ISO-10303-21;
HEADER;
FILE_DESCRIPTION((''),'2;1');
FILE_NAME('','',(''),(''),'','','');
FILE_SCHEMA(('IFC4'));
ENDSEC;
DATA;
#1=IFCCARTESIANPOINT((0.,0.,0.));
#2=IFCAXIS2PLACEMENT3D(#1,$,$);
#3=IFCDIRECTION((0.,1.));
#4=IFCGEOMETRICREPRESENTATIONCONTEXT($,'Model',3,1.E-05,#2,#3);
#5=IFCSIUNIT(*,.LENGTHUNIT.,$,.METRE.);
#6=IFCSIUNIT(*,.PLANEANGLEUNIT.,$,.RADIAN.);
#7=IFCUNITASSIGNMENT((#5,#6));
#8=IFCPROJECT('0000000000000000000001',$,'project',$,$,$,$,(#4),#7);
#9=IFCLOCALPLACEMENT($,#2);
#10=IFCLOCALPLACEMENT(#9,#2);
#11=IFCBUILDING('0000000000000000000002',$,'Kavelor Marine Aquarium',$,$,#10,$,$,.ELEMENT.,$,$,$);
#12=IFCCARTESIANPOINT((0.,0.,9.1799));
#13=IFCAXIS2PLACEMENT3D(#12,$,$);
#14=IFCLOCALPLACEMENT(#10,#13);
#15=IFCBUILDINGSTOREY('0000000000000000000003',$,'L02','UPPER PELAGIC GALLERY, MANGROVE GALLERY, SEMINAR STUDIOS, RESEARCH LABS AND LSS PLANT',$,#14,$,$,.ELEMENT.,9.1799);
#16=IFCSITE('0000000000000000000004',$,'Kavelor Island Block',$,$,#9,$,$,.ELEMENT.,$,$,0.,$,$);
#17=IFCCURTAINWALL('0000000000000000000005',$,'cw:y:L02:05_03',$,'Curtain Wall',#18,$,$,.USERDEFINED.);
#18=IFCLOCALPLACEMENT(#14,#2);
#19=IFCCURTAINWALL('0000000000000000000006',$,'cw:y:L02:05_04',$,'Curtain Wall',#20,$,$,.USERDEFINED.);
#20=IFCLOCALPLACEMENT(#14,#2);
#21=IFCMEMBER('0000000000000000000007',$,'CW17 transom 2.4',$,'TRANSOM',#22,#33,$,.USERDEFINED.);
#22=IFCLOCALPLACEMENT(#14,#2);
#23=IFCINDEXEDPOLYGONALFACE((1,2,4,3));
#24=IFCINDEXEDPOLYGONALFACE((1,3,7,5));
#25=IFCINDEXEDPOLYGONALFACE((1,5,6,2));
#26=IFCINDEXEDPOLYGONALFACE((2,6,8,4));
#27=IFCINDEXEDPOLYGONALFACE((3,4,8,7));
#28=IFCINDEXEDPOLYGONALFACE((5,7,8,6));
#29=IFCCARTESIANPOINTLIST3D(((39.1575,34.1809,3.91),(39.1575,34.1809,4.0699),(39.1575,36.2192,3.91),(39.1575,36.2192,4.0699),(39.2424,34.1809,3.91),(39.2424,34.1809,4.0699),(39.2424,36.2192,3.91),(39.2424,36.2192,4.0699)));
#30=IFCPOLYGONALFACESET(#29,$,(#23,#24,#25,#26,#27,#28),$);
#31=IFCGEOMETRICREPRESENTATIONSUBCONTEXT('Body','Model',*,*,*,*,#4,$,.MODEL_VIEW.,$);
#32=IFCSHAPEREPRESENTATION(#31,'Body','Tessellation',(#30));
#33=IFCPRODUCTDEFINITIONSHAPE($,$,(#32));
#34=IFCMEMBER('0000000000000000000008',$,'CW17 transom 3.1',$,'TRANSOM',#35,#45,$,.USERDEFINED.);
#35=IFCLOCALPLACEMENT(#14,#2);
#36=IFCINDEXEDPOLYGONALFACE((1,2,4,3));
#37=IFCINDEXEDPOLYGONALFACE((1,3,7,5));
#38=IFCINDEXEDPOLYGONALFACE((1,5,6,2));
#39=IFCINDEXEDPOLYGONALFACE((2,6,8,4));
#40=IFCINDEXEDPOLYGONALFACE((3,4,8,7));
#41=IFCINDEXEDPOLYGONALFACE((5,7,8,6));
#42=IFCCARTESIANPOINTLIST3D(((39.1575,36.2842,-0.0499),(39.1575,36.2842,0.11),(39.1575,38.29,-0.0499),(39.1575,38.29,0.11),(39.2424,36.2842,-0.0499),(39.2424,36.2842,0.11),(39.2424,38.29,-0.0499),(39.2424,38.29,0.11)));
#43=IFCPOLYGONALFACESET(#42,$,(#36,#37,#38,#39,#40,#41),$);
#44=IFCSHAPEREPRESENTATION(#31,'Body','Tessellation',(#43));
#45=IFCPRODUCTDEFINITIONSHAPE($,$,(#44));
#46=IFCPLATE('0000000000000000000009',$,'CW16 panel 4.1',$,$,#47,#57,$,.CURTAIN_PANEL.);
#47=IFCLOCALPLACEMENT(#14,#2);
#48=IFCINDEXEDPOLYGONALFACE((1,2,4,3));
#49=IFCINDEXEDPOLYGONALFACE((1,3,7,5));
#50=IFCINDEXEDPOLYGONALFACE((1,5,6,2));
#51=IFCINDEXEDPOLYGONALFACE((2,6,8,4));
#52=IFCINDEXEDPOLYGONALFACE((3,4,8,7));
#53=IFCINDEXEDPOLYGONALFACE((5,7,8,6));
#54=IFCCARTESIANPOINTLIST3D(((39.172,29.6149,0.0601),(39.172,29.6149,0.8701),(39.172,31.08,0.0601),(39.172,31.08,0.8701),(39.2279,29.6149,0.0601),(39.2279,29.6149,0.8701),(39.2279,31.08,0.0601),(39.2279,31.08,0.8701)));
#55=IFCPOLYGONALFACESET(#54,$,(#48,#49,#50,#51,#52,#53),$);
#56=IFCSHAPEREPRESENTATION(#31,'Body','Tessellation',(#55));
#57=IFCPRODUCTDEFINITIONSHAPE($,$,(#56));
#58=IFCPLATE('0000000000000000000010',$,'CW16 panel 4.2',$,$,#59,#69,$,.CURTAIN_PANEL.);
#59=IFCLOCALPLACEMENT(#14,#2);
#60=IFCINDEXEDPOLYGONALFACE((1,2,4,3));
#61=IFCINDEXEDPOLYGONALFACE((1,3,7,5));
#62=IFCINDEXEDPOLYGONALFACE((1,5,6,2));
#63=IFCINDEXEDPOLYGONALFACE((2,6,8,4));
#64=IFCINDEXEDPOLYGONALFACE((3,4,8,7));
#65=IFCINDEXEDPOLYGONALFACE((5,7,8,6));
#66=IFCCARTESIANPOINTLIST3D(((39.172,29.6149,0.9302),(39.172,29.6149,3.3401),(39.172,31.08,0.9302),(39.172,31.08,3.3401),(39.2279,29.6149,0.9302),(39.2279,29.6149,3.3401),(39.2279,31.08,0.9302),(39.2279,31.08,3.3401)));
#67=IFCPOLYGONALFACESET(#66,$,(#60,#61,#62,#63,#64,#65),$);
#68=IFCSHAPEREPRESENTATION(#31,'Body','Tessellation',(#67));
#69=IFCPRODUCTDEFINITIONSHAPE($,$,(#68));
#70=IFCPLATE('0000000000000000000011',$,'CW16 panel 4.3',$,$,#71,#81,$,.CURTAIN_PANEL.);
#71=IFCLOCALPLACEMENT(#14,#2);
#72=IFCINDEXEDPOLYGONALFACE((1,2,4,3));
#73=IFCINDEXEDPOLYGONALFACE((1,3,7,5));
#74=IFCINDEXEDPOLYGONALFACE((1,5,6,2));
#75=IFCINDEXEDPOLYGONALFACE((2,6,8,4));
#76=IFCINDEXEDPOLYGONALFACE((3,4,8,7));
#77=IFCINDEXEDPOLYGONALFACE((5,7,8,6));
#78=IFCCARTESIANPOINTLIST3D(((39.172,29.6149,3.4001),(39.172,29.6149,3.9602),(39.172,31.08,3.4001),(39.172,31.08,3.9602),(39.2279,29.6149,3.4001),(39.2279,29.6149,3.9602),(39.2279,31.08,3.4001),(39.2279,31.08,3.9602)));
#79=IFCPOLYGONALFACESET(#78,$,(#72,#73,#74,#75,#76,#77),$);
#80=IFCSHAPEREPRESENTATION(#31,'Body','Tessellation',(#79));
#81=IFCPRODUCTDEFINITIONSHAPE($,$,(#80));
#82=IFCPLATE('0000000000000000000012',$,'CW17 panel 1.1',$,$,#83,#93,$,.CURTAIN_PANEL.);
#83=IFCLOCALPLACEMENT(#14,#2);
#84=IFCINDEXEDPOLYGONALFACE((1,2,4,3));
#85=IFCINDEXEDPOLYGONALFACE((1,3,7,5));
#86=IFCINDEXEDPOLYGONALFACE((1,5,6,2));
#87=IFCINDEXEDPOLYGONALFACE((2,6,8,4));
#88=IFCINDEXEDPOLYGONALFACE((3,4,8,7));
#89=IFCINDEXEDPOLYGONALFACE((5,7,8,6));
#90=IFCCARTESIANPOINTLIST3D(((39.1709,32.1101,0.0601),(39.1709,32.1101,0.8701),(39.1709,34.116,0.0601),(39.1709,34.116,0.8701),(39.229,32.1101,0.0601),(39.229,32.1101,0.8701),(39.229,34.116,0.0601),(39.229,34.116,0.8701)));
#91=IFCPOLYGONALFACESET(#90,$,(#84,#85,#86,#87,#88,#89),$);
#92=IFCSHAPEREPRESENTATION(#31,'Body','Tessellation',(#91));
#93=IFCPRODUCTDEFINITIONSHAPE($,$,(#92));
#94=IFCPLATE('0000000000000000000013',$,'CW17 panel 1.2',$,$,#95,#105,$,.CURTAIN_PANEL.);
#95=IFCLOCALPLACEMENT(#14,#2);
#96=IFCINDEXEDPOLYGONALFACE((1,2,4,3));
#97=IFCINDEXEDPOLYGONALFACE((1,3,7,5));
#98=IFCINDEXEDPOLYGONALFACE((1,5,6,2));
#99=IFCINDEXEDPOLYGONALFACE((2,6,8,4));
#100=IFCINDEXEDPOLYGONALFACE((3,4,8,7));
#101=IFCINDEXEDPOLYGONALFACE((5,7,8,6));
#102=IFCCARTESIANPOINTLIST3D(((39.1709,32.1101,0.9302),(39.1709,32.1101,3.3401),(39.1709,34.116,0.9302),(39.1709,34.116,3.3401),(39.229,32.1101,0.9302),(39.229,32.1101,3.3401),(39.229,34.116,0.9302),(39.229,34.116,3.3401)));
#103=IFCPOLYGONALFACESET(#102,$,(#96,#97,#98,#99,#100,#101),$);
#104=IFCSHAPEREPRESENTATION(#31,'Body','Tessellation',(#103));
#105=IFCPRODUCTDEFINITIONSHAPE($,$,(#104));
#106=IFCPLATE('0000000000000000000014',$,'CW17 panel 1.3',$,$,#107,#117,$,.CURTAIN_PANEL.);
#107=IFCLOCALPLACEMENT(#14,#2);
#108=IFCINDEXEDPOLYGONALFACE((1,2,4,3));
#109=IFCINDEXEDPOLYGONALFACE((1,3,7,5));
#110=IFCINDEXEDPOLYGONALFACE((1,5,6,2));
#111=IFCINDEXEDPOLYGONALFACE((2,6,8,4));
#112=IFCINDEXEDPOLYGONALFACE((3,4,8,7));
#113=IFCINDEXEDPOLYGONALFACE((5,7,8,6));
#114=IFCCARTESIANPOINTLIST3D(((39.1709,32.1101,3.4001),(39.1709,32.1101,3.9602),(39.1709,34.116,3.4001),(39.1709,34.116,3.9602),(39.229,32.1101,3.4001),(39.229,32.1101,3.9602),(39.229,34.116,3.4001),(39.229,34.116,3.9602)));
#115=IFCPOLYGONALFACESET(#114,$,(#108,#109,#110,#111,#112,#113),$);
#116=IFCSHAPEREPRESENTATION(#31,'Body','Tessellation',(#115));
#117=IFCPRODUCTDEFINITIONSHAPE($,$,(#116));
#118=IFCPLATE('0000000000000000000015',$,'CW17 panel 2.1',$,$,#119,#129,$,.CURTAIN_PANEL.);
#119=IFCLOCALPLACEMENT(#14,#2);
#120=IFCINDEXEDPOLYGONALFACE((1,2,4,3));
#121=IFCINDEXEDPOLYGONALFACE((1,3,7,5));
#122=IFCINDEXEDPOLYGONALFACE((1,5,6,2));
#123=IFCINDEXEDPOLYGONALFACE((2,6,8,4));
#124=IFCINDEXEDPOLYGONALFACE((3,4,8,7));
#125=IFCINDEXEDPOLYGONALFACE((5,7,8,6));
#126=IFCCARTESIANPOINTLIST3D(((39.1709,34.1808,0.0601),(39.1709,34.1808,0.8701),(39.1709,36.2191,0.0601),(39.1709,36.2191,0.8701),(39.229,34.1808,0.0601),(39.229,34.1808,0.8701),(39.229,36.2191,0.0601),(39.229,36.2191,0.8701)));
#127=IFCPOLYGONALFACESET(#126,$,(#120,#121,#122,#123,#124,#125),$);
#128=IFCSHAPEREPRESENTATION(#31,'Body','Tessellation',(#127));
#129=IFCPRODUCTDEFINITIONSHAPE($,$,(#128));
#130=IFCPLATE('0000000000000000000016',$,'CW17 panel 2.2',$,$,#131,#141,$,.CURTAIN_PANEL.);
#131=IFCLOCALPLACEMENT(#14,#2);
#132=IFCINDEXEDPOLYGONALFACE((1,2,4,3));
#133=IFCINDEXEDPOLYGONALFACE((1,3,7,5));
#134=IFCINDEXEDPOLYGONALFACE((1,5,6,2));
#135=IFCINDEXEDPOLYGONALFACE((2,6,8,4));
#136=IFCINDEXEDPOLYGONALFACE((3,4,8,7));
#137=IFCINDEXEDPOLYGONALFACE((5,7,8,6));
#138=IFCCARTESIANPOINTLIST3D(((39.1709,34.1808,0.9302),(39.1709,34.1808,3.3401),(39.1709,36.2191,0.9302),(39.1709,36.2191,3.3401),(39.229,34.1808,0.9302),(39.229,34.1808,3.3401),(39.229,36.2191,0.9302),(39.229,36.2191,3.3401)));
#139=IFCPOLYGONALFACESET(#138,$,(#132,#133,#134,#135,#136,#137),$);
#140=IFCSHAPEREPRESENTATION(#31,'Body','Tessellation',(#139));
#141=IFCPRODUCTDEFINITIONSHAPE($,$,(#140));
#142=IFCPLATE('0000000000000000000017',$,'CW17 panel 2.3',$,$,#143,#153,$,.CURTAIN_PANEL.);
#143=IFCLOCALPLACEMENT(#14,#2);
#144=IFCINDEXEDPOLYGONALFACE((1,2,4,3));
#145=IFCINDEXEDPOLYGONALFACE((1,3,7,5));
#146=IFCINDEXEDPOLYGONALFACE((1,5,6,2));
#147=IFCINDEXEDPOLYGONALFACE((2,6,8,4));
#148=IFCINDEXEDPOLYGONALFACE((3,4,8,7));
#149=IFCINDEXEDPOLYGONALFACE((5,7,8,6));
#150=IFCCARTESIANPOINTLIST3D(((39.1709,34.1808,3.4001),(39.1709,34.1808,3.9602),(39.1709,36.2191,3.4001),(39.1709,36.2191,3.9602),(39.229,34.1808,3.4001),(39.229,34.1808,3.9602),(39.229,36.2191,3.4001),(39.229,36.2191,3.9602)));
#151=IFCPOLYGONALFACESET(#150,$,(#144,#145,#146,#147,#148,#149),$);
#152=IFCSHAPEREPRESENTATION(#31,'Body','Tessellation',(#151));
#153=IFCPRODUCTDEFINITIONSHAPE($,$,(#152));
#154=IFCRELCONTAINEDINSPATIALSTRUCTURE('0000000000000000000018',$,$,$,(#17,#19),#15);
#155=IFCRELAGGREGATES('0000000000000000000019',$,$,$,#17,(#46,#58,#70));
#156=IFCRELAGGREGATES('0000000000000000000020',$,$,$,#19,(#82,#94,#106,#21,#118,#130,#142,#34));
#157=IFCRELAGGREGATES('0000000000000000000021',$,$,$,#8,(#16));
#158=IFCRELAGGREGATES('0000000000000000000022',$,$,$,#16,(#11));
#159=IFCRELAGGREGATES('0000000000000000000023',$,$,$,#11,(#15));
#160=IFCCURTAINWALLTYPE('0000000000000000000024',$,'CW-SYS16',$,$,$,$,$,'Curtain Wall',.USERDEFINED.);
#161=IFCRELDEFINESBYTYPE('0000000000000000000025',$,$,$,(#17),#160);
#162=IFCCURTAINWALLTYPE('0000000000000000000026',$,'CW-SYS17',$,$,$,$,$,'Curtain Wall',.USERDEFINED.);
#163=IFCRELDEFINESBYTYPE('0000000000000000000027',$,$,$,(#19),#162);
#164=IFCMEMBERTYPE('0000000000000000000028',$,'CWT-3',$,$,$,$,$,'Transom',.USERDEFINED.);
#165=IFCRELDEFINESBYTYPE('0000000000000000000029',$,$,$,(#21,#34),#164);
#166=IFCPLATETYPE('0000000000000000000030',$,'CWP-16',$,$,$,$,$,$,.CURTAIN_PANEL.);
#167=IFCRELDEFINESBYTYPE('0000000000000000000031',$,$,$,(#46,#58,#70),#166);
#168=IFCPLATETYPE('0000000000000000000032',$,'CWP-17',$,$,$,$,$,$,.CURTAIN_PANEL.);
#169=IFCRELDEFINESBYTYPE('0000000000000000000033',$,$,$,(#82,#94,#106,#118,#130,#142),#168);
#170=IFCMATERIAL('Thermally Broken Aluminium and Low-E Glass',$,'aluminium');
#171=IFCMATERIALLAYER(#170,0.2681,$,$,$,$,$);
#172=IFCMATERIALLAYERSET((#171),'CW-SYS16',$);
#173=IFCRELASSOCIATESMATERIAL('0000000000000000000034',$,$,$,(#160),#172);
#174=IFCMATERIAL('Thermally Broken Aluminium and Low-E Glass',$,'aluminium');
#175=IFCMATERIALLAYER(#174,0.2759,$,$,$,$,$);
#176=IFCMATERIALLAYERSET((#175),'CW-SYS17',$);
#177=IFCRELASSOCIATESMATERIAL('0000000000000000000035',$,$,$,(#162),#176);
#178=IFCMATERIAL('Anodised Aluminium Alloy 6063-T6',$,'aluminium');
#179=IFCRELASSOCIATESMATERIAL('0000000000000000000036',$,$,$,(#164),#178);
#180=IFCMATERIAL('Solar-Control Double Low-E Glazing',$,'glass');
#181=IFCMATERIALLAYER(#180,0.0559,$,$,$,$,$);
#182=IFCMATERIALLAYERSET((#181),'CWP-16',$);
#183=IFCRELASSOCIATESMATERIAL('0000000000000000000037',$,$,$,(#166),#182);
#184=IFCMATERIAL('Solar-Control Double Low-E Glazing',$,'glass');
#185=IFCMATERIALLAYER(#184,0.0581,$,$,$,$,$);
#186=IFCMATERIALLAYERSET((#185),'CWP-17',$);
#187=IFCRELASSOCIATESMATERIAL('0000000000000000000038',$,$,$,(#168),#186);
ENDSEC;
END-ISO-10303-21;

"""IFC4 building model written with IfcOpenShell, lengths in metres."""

from ifc_helpers import new_model, si_unit, direction, frame, origin, origin_2d, place, context, subcontext, project, spatial, rectangle, extrude, material, layer, layer_set, material_profile, profile_set, type_object, element, aggregate, save


model = new_model("IFC4")

# Units and contexts
model_context = context("Model", 3, precision=1e-05, world=origin(), true_north=direction((0.0, 1.0)))
body_context = subcontext(model_context, "Body", "Model", "MODEL_VIEW")
ifc_project = project(units=[si_unit("LENGTHUNIT", "METRE"), si_unit("PLANEANGLEUNIT", "RADIAN")], contexts=[model_context])

# Site, building, storey
site_placement = place(None, origin())
site = spatial("IfcSite", under=ifc_project, at=site_placement, Name="Kavelor Island Block", CompositionType="ELEMENT", RefElevation=0.0)
building_placement = place(site_placement, origin())
building = spatial("IfcBuilding", under=site, at=building_placement, Name="Kavelor Marine Aquarium", CompositionType="ELEMENT")
storey_placement = place(building_placement, frame((0.0, 0.0, 9.1799)))
storey = spatial("IfcBuildingStorey", under=building, at=storey_placement, Name="L02", Description="UPPER PELAGIC GALLERY, MANGROVE GALLERY, SEMINAR STUDIOS, RESEARCH LABS AND LSS PLANT", CompositionType="ELEMENT", Elevation=9.1799)

# Curtain wall
ifc_material_1 = material(Name="Thermally Broken Aluminium and Low-E Glass", Category="aluminium")
ifc_layer_1 = layer(ifc_material_1, 0.2681)
ifc_layer_set_1 = layer_set([ifc_layer_1], Name="CW-SYS16")
curtain_wall_type_1 = type_object("IfcCurtainWallType", Name="CW-SYS16", ElementType="Curtain Wall", PredefinedType="USERDEFINED", material=ifc_layer_set_1)
curtain_wall_1_placement = place(storey_placement, origin())
curtain_wall_1 = element("IfcCurtainWall", 1, at=curtain_wall_1_placement, inside=storey, type_object=curtain_wall_type_1, Name="cw:y:L02:05_03", ObjectType="Curtain Wall", PredefinedType="USERDEFINED")

# Curtain wall
ifc_material_2 = material(Name="Thermally Broken Aluminium and Low-E Glass", Category="aluminium")
ifc_layer_2 = layer(ifc_material_2, 0.2759)
ifc_layer_set_2 = layer_set([ifc_layer_2], Name="CW-SYS17")
curtain_wall_type_2 = type_object("IfcCurtainWallType", Name="CW-SYS17", ElementType="Curtain Wall", PredefinedType="USERDEFINED", material=ifc_layer_set_2)
curtain_wall_2_placement = place(storey_placement, origin())
curtain_wall_2 = element("IfcCurtainWall", 2, at=curtain_wall_2_placement, inside=storey, type_object=curtain_wall_type_2, Name="cw:y:L02:05_04", ObjectType="Curtain Wall", PredefinedType="USERDEFINED")

# Members
ifc_material_3 = material(Name="Anodised Aluminium Alloy 6063-T6", Category="aluminium")
ifc_material_profile_1 = material_profile(ifc_material_3, rectangle(XDim=0.085, YDim=0.1599, at=origin_2d()), Name="CW-TRN 85x160")
ifc_profile_set_1 = profile_set([ifc_material_profile_1], Name="Anodised Aluminium Alloy 6063-T6")
member_type_1 = type_object("IfcMemberType", Name="CWT-3", ElementType="Transom", PredefinedType="USERDEFINED", material=ifc_profile_set_1)
member_1_placement = place(storey_placement, frame((39.2, 34.1809, 3.99), z_axis=(0.0, 1.0, 0.0), x_axis=(-1.0, 0.0, 0.0)))
member_1 = element("IfcMember", 3, at=member_1_placement, type_object=member_type_1, Name="CW17 transom 2.4", ObjectType="TRANSOM", PredefinedType="USERDEFINED", context=body_context, shape_type="SweptSolid", body=[
    extrude(rectangle(XDim=0.085, YDim=0.1599, at=origin_2d()), origin(), (0.0, 0.0, 1.0), 2.0383),
])
member_2_placement = place(storey_placement, frame((39.2, 36.2842, 0.03), z_axis=(0.0, 1.0, 0.0), x_axis=(-1.0, 0.0, 0.0)))
member_2 = element("IfcMember", 4, at=member_2_placement, type_object=member_type_1, Name="CW17 transom 3.1", ObjectType="TRANSOM", PredefinedType="USERDEFINED", context=body_context, shape_type="SweptSolid", body=[
    extrude(rectangle(XDim=0.085, YDim=0.1599, at=origin_2d()), origin(), (0.0, 0.0, 1.0), 2.0059),
])

# Plates
ifc_material_4 = material(Name="Solar-Control Double Low-E Glazing", Category="glass")
ifc_layer_3 = layer(ifc_material_4, 0.0559)
ifc_layer_set_3 = layer_set([ifc_layer_3], Name="CWP-16")
plate_type_1 = type_object("IfcPlateType", Name="CWP-16", PredefinedType="CURTAIN_PANEL", material=ifc_layer_set_3)
plate_1_placement = place(storey_placement, frame((39.2, 30.3474, 0.0601), z_axis=(0.0, 0.0, 1.0), x_axis=(0.0, 1.0, 0.0)))
plate_1 = element("IfcPlate", 5, at=plate_1_placement, type_object=plate_type_1, Name="CW16 panel 4.1", PredefinedType="CURTAIN_PANEL", context=body_context, shape_type="SweptSolid", body=[
    extrude(rectangle(XDim=1.4651, YDim=0.0559, at=origin_2d()), origin(), (0.0, 0.0, 1.0), 0.8101),
])
plate_2_placement = place(storey_placement, frame((39.2, 30.3474, 0.9302), z_axis=(0.0, 0.0, 1.0), x_axis=(0.0, 1.0, 0.0)))
plate_2 = element("IfcPlate", 6, at=plate_2_placement, type_object=plate_type_1, Name="CW16 panel 4.2", PredefinedType="CURTAIN_PANEL", context=body_context, shape_type="SweptSolid", body=[
    extrude(rectangle(XDim=1.4651, YDim=0.0559, at=origin_2d()), origin(), (0.0, 0.0, 1.0), 2.4099),
])
plate_3_placement = place(storey_placement, frame((39.2, 30.3474, 3.4001), z_axis=(0.0, 0.0, 1.0), x_axis=(0.0, 1.0, 0.0)))
plate_3 = element("IfcPlate", 7, at=plate_3_placement, type_object=plate_type_1, Name="CW16 panel 4.3", PredefinedType="CURTAIN_PANEL", context=body_context, shape_type="SweptSolid", body=[
    extrude(rectangle(XDim=1.4651, YDim=0.0559, at=origin_2d()), origin(), (0.0, 0.0, 1.0), 0.5601),
])
aggregate(curtain_wall_1, [plate_1, plate_2, plate_3])
ifc_material_5 = material(Name="Solar-Control Double Low-E Glazing", Category="glass")
ifc_layer_4 = layer(ifc_material_5, 0.0581)
ifc_layer_set_4 = layer_set([ifc_layer_4], Name="CWP-17")
plate_type_2 = type_object("IfcPlateType", Name="CWP-17", PredefinedType="CURTAIN_PANEL", material=ifc_layer_set_4)
plate_4_placement = place(storey_placement, frame((39.2, 33.113, 0.0601), z_axis=(0.0, 0.0, 1.0), x_axis=(0.0, 1.0, 0.0)))
plate_4 = element("IfcPlate", 8, at=plate_4_placement, type_object=plate_type_2, Name="CW17 panel 1.1", PredefinedType="CURTAIN_PANEL", context=body_context, shape_type="SweptSolid", body=[
    extrude(rectangle(XDim=2.0059, YDim=0.0581, at=origin_2d()), origin(), (0.0, 0.0, 1.0), 0.8101),
])
plate_5_placement = place(storey_placement, frame((39.2, 33.113, 0.9302), z_axis=(0.0, 0.0, 1.0), x_axis=(0.0, 1.0, 0.0)))
plate_5 = element("IfcPlate", 9, at=plate_5_placement, type_object=plate_type_2, Name="CW17 panel 1.2", PredefinedType="CURTAIN_PANEL", context=body_context, shape_type="SweptSolid", body=[
    extrude(rectangle(XDim=2.0059, YDim=0.0581, at=origin_2d()), origin(), (0.0, 0.0, 1.0), 2.4099),
])
plate_6_placement = place(storey_placement, frame((39.2, 33.113, 3.4001), z_axis=(0.0, 0.0, 1.0), x_axis=(0.0, 1.0, 0.0)))
plate_6 = element("IfcPlate", 10, at=plate_6_placement, type_object=plate_type_2, Name="CW17 panel 1.3", PredefinedType="CURTAIN_PANEL", context=body_context, shape_type="SweptSolid", body=[
    extrude(rectangle(XDim=2.0059, YDim=0.0581, at=origin_2d()), origin(), (0.0, 0.0, 1.0), 0.5601),
])
plate_7_placement = place(storey_placement, frame((39.2, 35.2, 0.0601), z_axis=(0.0, 0.0, 1.0), x_axis=(0.0, 1.0, 0.0)))
plate_7 = element("IfcPlate", 11, at=plate_7_placement, type_object=plate_type_2, Name="CW17 panel 2.1", PredefinedType="CURTAIN_PANEL", context=body_context, shape_type="SweptSolid", body=[
    extrude(rectangle(XDim=2.0383, YDim=0.0581, at=origin_2d()), origin(), (0.0, 0.0, 1.0), 0.8101),
])
plate_8_placement = place(storey_placement, frame((39.2, 35.2, 0.9302), z_axis=(0.0, 0.0, 1.0), x_axis=(0.0, 1.0, 0.0)))
plate_8 = element("IfcPlate", 12, at=plate_8_placement, type_object=plate_type_2, Name="CW17 panel 2.2", PredefinedType="CURTAIN_PANEL", context=body_context, shape_type="SweptSolid", body=[
    extrude(rectangle(XDim=2.0383, YDim=0.0581, at=origin_2d()), origin(), (0.0, 0.0, 1.0), 2.4099),
])
plate_9_placement = place(storey_placement, frame((39.2, 35.2, 3.4001), z_axis=(0.0, 0.0, 1.0), x_axis=(0.0, 1.0, 0.0)))
plate_9 = element("IfcPlate", 13, at=plate_9_placement, type_object=plate_type_2, Name="CW17 panel 2.3", PredefinedType="CURTAIN_PANEL", context=body_context, shape_type="SweptSolid", body=[
    extrude(rectangle(XDim=2.0383, YDim=0.0581, at=origin_2d()), origin(), (0.0, 0.0, 1.0), 0.5601),
])
aggregate(curtain_wall_2, [plate_4, plate_5, plate_6, member_1, plate_7, plate_8, plate_9, member_2])

save(model, "model.ifc")
